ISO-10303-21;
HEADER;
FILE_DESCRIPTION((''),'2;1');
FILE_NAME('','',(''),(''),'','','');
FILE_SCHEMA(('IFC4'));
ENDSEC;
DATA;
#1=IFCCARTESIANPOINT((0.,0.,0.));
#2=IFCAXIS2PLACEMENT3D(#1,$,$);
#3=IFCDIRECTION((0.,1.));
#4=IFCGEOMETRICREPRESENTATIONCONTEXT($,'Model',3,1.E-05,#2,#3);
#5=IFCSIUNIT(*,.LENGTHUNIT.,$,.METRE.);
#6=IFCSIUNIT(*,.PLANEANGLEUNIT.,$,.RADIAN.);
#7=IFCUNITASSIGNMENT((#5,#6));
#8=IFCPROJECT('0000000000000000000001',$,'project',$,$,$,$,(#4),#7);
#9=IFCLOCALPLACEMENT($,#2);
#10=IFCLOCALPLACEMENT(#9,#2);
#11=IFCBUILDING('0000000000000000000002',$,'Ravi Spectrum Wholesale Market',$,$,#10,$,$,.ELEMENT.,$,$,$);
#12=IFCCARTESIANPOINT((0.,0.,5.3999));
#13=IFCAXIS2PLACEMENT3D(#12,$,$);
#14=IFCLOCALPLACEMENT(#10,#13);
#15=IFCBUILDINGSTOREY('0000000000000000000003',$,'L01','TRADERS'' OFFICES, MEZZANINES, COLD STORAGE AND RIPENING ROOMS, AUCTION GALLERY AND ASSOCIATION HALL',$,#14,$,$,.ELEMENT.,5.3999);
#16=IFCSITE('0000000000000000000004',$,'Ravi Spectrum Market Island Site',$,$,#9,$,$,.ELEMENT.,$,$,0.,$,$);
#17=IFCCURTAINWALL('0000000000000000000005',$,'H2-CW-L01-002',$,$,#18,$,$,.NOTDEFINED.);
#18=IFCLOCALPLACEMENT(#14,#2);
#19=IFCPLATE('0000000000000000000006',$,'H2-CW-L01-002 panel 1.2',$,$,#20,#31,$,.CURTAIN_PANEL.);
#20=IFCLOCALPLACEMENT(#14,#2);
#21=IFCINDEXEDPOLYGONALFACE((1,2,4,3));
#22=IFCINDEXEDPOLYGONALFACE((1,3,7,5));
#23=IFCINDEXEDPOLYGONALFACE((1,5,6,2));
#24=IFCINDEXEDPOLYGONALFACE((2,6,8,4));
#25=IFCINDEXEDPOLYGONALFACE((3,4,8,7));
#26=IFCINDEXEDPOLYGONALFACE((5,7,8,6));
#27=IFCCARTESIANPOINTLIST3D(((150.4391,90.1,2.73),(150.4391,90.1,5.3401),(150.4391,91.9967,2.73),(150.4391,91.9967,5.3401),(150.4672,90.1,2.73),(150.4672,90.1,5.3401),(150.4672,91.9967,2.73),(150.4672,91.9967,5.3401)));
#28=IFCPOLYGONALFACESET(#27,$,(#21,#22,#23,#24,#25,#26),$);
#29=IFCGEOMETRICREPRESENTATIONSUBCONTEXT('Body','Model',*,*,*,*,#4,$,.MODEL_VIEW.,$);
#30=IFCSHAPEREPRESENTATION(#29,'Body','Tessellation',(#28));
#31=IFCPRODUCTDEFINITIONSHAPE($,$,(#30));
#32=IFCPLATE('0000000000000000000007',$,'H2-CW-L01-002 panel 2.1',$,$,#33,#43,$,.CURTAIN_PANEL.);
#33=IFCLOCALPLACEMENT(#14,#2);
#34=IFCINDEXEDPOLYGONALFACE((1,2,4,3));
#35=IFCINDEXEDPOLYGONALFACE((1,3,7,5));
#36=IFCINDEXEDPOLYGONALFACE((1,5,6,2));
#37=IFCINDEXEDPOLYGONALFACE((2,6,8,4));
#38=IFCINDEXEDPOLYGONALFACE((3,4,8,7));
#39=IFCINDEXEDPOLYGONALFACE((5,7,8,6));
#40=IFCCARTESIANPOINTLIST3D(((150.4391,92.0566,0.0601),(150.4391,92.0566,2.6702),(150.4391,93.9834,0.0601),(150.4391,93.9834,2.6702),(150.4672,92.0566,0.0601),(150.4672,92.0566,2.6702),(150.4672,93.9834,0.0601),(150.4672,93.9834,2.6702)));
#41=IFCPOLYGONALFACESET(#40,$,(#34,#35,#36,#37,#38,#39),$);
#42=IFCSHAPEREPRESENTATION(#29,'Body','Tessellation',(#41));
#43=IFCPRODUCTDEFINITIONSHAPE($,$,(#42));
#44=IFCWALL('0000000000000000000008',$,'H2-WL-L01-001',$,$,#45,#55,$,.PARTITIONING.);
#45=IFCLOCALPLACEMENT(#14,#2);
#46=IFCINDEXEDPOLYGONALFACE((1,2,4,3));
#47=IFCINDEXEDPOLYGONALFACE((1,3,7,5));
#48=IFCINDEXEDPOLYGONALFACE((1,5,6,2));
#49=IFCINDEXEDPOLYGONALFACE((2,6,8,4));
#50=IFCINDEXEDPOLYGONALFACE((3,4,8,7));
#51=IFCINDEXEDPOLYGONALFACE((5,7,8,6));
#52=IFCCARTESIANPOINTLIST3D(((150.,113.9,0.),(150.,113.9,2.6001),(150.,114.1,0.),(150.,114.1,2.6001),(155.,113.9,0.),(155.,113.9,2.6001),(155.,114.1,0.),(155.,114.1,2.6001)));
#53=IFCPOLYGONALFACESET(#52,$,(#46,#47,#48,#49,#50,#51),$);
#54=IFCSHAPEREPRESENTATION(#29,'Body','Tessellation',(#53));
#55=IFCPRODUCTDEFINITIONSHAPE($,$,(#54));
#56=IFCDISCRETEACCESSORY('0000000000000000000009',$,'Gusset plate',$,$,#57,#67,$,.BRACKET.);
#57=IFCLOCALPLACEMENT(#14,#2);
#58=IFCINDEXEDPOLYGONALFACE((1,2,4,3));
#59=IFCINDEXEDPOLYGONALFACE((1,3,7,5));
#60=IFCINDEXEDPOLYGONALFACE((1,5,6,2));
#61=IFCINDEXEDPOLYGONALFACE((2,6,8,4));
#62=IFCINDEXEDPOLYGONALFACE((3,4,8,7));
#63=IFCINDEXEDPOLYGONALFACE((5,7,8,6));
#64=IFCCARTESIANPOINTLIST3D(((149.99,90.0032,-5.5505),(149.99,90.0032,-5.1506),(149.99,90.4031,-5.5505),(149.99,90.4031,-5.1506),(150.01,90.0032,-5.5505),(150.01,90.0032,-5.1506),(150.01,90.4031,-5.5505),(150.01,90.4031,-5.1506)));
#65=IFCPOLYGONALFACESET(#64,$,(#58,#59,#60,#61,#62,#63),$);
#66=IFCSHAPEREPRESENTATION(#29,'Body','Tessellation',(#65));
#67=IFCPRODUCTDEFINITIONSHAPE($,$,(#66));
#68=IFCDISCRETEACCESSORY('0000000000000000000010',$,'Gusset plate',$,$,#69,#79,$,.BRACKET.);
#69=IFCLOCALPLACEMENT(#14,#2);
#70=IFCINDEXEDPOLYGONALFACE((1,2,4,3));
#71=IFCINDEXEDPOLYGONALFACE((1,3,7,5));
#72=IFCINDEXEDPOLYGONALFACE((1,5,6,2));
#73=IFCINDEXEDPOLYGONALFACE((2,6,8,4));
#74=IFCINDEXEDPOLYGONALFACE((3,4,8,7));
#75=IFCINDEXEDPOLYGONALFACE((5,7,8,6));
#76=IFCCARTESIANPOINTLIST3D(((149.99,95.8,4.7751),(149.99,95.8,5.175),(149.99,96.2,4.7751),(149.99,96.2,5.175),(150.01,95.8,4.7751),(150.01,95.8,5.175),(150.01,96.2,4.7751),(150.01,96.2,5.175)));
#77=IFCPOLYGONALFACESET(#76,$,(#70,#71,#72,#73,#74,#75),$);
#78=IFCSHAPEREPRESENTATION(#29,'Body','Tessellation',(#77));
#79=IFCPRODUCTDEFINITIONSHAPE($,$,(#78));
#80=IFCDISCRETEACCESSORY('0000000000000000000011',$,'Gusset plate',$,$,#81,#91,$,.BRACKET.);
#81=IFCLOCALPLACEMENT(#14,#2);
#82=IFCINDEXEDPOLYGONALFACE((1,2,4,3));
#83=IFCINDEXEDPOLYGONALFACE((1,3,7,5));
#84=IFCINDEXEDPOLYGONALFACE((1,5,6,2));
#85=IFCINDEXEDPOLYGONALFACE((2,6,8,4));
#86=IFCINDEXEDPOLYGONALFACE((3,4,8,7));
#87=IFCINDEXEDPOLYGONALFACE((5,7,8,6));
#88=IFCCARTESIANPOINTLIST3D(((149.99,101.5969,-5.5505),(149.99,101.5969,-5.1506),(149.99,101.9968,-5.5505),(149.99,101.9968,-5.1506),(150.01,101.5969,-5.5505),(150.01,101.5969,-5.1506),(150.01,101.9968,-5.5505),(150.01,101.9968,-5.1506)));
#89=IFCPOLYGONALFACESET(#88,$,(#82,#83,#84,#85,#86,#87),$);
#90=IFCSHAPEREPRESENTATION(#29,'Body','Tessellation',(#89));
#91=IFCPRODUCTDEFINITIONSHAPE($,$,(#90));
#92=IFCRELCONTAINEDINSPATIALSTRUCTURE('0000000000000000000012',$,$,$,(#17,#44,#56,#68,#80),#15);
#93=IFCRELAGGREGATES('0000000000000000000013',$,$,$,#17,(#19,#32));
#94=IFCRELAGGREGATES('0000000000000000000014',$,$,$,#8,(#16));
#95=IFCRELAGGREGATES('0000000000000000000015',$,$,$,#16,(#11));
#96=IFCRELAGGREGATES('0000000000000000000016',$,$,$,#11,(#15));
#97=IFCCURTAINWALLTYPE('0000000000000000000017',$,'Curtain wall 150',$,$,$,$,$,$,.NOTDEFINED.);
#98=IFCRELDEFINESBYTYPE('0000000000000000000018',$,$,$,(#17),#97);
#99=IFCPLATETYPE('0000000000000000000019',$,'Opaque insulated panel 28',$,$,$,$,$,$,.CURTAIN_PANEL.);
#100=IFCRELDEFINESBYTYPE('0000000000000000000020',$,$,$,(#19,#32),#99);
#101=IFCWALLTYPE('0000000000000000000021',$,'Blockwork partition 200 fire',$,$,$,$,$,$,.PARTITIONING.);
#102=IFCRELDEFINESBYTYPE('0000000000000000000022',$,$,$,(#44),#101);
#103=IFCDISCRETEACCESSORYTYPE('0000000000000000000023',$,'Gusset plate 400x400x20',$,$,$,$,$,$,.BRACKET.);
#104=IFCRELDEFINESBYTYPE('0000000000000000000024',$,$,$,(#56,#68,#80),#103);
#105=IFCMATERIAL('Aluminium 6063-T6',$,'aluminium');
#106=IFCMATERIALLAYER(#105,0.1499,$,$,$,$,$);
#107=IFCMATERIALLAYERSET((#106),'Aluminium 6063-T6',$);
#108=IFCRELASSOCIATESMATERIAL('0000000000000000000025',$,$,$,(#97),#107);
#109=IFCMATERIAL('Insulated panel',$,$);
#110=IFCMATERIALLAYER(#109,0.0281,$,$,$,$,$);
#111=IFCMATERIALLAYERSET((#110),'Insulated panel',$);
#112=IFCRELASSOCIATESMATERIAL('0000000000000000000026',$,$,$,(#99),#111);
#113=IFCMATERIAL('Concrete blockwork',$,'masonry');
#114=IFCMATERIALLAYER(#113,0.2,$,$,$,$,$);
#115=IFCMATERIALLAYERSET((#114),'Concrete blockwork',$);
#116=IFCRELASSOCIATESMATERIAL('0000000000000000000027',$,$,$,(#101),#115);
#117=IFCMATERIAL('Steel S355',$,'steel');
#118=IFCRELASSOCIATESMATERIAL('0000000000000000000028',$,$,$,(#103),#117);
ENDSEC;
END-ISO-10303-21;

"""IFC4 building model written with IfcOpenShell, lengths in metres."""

from ifc_helpers import new_model, si_unit, direction, frame, frame_2d, origin, origin_2d, place, context, subcontext, project, spatial, rectangle, extrude, material, layer, layer_set, material_profile, profile_set, type_object, element, aggregate, save


model = new_model("IFC4")

# Units and contexts
model_context = context("Model", 3, precision=1e-05, world=origin(), true_north=direction((0.0, 1.0)))
body_context = subcontext(model_context, "Body", "Model", "MODEL_VIEW")
ifc_project = project(units=[si_unit("LENGTHUNIT", "METRE"), si_unit("PLANEANGLEUNIT", "RADIAN")], contexts=[model_context])

# Site, building, storey
site_placement = place(None, origin())
site = spatial("IfcSite", under=ifc_project, at=site_placement, Name="Ravi Spectrum Market Island Site", CompositionType="ELEMENT", RefElevation=0.0)
building_placement = place(site_placement, origin())
building = spatial("IfcBuilding", under=site, at=building_placement, Name="Ravi Spectrum Wholesale Market", CompositionType="ELEMENT")
storey_placement = place(building_placement, frame((0.0, 0.0, 5.3999)))
storey = spatial("IfcBuildingStorey", under=building, at=storey_placement, Name="L01", Description="TRADERS' OFFICES, MEZZANINES, COLD STORAGE AND RIPENING ROOMS, AUCTION GALLERY AND ASSOCIATION HALL", CompositionType="ELEMENT", Elevation=5.3999)

# Shared definitions
ifc_material_1 = material(Name="Aluminium 6063-T6", Category="aluminium")
ifc_layer_1 = layer(ifc_material_1, 0.1499)
ifc_layer_set_1 = layer_set([ifc_layer_1], Name="Aluminium 6063-T6")
curtain_wall_type = type_object("IfcCurtainWallType", Name="Curtain wall 150", PredefinedType="NOTDEFINED", material=ifc_layer_set_1)

# Curtain wall
curtain_wall_1_placement = place(storey_placement, origin())
curtain_wall_1 = element("IfcCurtainWall", 1, at=curtain_wall_1_placement, inside=storey, type_object=curtain_wall_type, Name="H2-CW-L01-002", PredefinedType="NOTDEFINED")

# Plates
ifc_material_2 = material(Name="Insulated panel")
ifc_layer_2 = layer(ifc_material_2, 0.0281)
ifc_layer_set_2 = layer_set([ifc_layer_2], Name="Insulated panel")
plate_type_1 = type_object("IfcPlateType", Name="Opaque insulated panel 28", PredefinedType="CURTAIN_PANEL", material=ifc_layer_set_2)
plate_1_placement = place(storey_placement, frame((150.4531, 91.0483, 2.73), z_axis=(0.0, 0.0, 1.0), x_axis=(0.0, 1.0, 0.0)))
plate_1 = element("IfcPlate", 2, at=plate_1_placement, type_object=plate_type_1, Name="H2-CW-L01-002 panel 1.2", PredefinedType="CURTAIN_PANEL", context=body_context, shape_type="SweptSolid", body=[
    extrude(rectangle(XDim=1.8967, YDim=0.0281, at=origin_2d()), origin(), (0.0, 0.0, 1.0), 2.6101),
])
plate_2_placement = place(storey_placement, frame((150.4531, 93.02, 0.0601), z_axis=(0.0, 0.0, 1.0), x_axis=(0.0, 1.0, 0.0)))
plate_2 = element("IfcPlate", 3, at=plate_2_placement, type_object=plate_type_1, Name="H2-CW-L01-002 panel 2.1", PredefinedType="CURTAIN_PANEL", context=body_context, shape_type="SweptSolid", body=[
    extrude(rectangle(XDim=1.9268, YDim=0.0281, at=origin_2d()), origin(), (0.0, 0.0, 1.0), 2.6101),
])
aggregate(curtain_wall_1, [plate_1, plate_2])

# Wall
ifc_material_3 = material(Name="Concrete blockwork", Category="masonry")
ifc_layer_3 = layer(ifc_material_3, 0.2)
ifc_layer_set_3 = layer_set([ifc_layer_3], Name="Concrete blockwork")
wall_type = type_object("IfcWallType", Name="Blockwork partition 200 fire", PredefinedType="PARTITIONING", material=ifc_layer_set_3)
wall_placement = place(storey_placement, frame((150.0, 114.0, 0.0), z_axis=(0.0, 0.0, 1.0), x_axis=(1.0, 0.0, 0.0)))
element("IfcWall", 4, at=wall_placement, inside=storey, type_object=wall_type, Name="H2-WL-L01-001", PredefinedType="PARTITIONING", context=body_context, shape_type="SweptSolid", body=[
    extrude(rectangle(XDim=5.0, YDim=0.2, at=frame_2d((2.5, 0.0))), origin(), (0.0, 0.0, 1.0), 2.6001),
])

# Discrete accessories
ifc_material_4 = material(Name="Steel S355", Category="steel")
ifc_material_profile_1 = material_profile(ifc_material_4, rectangle(XDim=0.3999, YDim=0.02, at=origin_2d()))
ifc_profile_set_1 = profile_set([ifc_material_profile_1], Name="Steel S355")
discrete_accessory_type = type_object("IfcDiscreteAccessoryType", Name="Gusset plate 400x400x20", PredefinedType="BRACKET", material=ifc_profile_set_1)
for number, where, z_axis, x_axis, name in (
    (5, (150.0, 90.2031, -5.5505), (0.0, 0.0, 1.0), (0.0, 1.0, 0.0), "Gusset plate"),
    (6, (150.0, 96.0, 4.7751), (0.0, 0.0, 1.0), (0.0, 1.0, 0.0), "Gusset plate"),
    (7, (150.0, 101.7969, -5.5505), (0.0, 0.0, 1.0), (0.0, -1.0, 0.0), "Gusset plate"),
):
    element("IfcDiscreteAccessory", number, at=place(storey_placement, frame(where, z_axis=z_axis, x_axis=x_axis)), inside=storey, type_object=discrete_accessory_type, Name=name, PredefinedType="BRACKET", context=body_context, shape_type="SweptSolid", body=[
        extrude(rectangle(XDim=0.3999, YDim=0.02, at=origin_2d()), origin(), (0.0, 0.0, 1.0), 0.3999),
    ])

save(model, "model.ifc")
